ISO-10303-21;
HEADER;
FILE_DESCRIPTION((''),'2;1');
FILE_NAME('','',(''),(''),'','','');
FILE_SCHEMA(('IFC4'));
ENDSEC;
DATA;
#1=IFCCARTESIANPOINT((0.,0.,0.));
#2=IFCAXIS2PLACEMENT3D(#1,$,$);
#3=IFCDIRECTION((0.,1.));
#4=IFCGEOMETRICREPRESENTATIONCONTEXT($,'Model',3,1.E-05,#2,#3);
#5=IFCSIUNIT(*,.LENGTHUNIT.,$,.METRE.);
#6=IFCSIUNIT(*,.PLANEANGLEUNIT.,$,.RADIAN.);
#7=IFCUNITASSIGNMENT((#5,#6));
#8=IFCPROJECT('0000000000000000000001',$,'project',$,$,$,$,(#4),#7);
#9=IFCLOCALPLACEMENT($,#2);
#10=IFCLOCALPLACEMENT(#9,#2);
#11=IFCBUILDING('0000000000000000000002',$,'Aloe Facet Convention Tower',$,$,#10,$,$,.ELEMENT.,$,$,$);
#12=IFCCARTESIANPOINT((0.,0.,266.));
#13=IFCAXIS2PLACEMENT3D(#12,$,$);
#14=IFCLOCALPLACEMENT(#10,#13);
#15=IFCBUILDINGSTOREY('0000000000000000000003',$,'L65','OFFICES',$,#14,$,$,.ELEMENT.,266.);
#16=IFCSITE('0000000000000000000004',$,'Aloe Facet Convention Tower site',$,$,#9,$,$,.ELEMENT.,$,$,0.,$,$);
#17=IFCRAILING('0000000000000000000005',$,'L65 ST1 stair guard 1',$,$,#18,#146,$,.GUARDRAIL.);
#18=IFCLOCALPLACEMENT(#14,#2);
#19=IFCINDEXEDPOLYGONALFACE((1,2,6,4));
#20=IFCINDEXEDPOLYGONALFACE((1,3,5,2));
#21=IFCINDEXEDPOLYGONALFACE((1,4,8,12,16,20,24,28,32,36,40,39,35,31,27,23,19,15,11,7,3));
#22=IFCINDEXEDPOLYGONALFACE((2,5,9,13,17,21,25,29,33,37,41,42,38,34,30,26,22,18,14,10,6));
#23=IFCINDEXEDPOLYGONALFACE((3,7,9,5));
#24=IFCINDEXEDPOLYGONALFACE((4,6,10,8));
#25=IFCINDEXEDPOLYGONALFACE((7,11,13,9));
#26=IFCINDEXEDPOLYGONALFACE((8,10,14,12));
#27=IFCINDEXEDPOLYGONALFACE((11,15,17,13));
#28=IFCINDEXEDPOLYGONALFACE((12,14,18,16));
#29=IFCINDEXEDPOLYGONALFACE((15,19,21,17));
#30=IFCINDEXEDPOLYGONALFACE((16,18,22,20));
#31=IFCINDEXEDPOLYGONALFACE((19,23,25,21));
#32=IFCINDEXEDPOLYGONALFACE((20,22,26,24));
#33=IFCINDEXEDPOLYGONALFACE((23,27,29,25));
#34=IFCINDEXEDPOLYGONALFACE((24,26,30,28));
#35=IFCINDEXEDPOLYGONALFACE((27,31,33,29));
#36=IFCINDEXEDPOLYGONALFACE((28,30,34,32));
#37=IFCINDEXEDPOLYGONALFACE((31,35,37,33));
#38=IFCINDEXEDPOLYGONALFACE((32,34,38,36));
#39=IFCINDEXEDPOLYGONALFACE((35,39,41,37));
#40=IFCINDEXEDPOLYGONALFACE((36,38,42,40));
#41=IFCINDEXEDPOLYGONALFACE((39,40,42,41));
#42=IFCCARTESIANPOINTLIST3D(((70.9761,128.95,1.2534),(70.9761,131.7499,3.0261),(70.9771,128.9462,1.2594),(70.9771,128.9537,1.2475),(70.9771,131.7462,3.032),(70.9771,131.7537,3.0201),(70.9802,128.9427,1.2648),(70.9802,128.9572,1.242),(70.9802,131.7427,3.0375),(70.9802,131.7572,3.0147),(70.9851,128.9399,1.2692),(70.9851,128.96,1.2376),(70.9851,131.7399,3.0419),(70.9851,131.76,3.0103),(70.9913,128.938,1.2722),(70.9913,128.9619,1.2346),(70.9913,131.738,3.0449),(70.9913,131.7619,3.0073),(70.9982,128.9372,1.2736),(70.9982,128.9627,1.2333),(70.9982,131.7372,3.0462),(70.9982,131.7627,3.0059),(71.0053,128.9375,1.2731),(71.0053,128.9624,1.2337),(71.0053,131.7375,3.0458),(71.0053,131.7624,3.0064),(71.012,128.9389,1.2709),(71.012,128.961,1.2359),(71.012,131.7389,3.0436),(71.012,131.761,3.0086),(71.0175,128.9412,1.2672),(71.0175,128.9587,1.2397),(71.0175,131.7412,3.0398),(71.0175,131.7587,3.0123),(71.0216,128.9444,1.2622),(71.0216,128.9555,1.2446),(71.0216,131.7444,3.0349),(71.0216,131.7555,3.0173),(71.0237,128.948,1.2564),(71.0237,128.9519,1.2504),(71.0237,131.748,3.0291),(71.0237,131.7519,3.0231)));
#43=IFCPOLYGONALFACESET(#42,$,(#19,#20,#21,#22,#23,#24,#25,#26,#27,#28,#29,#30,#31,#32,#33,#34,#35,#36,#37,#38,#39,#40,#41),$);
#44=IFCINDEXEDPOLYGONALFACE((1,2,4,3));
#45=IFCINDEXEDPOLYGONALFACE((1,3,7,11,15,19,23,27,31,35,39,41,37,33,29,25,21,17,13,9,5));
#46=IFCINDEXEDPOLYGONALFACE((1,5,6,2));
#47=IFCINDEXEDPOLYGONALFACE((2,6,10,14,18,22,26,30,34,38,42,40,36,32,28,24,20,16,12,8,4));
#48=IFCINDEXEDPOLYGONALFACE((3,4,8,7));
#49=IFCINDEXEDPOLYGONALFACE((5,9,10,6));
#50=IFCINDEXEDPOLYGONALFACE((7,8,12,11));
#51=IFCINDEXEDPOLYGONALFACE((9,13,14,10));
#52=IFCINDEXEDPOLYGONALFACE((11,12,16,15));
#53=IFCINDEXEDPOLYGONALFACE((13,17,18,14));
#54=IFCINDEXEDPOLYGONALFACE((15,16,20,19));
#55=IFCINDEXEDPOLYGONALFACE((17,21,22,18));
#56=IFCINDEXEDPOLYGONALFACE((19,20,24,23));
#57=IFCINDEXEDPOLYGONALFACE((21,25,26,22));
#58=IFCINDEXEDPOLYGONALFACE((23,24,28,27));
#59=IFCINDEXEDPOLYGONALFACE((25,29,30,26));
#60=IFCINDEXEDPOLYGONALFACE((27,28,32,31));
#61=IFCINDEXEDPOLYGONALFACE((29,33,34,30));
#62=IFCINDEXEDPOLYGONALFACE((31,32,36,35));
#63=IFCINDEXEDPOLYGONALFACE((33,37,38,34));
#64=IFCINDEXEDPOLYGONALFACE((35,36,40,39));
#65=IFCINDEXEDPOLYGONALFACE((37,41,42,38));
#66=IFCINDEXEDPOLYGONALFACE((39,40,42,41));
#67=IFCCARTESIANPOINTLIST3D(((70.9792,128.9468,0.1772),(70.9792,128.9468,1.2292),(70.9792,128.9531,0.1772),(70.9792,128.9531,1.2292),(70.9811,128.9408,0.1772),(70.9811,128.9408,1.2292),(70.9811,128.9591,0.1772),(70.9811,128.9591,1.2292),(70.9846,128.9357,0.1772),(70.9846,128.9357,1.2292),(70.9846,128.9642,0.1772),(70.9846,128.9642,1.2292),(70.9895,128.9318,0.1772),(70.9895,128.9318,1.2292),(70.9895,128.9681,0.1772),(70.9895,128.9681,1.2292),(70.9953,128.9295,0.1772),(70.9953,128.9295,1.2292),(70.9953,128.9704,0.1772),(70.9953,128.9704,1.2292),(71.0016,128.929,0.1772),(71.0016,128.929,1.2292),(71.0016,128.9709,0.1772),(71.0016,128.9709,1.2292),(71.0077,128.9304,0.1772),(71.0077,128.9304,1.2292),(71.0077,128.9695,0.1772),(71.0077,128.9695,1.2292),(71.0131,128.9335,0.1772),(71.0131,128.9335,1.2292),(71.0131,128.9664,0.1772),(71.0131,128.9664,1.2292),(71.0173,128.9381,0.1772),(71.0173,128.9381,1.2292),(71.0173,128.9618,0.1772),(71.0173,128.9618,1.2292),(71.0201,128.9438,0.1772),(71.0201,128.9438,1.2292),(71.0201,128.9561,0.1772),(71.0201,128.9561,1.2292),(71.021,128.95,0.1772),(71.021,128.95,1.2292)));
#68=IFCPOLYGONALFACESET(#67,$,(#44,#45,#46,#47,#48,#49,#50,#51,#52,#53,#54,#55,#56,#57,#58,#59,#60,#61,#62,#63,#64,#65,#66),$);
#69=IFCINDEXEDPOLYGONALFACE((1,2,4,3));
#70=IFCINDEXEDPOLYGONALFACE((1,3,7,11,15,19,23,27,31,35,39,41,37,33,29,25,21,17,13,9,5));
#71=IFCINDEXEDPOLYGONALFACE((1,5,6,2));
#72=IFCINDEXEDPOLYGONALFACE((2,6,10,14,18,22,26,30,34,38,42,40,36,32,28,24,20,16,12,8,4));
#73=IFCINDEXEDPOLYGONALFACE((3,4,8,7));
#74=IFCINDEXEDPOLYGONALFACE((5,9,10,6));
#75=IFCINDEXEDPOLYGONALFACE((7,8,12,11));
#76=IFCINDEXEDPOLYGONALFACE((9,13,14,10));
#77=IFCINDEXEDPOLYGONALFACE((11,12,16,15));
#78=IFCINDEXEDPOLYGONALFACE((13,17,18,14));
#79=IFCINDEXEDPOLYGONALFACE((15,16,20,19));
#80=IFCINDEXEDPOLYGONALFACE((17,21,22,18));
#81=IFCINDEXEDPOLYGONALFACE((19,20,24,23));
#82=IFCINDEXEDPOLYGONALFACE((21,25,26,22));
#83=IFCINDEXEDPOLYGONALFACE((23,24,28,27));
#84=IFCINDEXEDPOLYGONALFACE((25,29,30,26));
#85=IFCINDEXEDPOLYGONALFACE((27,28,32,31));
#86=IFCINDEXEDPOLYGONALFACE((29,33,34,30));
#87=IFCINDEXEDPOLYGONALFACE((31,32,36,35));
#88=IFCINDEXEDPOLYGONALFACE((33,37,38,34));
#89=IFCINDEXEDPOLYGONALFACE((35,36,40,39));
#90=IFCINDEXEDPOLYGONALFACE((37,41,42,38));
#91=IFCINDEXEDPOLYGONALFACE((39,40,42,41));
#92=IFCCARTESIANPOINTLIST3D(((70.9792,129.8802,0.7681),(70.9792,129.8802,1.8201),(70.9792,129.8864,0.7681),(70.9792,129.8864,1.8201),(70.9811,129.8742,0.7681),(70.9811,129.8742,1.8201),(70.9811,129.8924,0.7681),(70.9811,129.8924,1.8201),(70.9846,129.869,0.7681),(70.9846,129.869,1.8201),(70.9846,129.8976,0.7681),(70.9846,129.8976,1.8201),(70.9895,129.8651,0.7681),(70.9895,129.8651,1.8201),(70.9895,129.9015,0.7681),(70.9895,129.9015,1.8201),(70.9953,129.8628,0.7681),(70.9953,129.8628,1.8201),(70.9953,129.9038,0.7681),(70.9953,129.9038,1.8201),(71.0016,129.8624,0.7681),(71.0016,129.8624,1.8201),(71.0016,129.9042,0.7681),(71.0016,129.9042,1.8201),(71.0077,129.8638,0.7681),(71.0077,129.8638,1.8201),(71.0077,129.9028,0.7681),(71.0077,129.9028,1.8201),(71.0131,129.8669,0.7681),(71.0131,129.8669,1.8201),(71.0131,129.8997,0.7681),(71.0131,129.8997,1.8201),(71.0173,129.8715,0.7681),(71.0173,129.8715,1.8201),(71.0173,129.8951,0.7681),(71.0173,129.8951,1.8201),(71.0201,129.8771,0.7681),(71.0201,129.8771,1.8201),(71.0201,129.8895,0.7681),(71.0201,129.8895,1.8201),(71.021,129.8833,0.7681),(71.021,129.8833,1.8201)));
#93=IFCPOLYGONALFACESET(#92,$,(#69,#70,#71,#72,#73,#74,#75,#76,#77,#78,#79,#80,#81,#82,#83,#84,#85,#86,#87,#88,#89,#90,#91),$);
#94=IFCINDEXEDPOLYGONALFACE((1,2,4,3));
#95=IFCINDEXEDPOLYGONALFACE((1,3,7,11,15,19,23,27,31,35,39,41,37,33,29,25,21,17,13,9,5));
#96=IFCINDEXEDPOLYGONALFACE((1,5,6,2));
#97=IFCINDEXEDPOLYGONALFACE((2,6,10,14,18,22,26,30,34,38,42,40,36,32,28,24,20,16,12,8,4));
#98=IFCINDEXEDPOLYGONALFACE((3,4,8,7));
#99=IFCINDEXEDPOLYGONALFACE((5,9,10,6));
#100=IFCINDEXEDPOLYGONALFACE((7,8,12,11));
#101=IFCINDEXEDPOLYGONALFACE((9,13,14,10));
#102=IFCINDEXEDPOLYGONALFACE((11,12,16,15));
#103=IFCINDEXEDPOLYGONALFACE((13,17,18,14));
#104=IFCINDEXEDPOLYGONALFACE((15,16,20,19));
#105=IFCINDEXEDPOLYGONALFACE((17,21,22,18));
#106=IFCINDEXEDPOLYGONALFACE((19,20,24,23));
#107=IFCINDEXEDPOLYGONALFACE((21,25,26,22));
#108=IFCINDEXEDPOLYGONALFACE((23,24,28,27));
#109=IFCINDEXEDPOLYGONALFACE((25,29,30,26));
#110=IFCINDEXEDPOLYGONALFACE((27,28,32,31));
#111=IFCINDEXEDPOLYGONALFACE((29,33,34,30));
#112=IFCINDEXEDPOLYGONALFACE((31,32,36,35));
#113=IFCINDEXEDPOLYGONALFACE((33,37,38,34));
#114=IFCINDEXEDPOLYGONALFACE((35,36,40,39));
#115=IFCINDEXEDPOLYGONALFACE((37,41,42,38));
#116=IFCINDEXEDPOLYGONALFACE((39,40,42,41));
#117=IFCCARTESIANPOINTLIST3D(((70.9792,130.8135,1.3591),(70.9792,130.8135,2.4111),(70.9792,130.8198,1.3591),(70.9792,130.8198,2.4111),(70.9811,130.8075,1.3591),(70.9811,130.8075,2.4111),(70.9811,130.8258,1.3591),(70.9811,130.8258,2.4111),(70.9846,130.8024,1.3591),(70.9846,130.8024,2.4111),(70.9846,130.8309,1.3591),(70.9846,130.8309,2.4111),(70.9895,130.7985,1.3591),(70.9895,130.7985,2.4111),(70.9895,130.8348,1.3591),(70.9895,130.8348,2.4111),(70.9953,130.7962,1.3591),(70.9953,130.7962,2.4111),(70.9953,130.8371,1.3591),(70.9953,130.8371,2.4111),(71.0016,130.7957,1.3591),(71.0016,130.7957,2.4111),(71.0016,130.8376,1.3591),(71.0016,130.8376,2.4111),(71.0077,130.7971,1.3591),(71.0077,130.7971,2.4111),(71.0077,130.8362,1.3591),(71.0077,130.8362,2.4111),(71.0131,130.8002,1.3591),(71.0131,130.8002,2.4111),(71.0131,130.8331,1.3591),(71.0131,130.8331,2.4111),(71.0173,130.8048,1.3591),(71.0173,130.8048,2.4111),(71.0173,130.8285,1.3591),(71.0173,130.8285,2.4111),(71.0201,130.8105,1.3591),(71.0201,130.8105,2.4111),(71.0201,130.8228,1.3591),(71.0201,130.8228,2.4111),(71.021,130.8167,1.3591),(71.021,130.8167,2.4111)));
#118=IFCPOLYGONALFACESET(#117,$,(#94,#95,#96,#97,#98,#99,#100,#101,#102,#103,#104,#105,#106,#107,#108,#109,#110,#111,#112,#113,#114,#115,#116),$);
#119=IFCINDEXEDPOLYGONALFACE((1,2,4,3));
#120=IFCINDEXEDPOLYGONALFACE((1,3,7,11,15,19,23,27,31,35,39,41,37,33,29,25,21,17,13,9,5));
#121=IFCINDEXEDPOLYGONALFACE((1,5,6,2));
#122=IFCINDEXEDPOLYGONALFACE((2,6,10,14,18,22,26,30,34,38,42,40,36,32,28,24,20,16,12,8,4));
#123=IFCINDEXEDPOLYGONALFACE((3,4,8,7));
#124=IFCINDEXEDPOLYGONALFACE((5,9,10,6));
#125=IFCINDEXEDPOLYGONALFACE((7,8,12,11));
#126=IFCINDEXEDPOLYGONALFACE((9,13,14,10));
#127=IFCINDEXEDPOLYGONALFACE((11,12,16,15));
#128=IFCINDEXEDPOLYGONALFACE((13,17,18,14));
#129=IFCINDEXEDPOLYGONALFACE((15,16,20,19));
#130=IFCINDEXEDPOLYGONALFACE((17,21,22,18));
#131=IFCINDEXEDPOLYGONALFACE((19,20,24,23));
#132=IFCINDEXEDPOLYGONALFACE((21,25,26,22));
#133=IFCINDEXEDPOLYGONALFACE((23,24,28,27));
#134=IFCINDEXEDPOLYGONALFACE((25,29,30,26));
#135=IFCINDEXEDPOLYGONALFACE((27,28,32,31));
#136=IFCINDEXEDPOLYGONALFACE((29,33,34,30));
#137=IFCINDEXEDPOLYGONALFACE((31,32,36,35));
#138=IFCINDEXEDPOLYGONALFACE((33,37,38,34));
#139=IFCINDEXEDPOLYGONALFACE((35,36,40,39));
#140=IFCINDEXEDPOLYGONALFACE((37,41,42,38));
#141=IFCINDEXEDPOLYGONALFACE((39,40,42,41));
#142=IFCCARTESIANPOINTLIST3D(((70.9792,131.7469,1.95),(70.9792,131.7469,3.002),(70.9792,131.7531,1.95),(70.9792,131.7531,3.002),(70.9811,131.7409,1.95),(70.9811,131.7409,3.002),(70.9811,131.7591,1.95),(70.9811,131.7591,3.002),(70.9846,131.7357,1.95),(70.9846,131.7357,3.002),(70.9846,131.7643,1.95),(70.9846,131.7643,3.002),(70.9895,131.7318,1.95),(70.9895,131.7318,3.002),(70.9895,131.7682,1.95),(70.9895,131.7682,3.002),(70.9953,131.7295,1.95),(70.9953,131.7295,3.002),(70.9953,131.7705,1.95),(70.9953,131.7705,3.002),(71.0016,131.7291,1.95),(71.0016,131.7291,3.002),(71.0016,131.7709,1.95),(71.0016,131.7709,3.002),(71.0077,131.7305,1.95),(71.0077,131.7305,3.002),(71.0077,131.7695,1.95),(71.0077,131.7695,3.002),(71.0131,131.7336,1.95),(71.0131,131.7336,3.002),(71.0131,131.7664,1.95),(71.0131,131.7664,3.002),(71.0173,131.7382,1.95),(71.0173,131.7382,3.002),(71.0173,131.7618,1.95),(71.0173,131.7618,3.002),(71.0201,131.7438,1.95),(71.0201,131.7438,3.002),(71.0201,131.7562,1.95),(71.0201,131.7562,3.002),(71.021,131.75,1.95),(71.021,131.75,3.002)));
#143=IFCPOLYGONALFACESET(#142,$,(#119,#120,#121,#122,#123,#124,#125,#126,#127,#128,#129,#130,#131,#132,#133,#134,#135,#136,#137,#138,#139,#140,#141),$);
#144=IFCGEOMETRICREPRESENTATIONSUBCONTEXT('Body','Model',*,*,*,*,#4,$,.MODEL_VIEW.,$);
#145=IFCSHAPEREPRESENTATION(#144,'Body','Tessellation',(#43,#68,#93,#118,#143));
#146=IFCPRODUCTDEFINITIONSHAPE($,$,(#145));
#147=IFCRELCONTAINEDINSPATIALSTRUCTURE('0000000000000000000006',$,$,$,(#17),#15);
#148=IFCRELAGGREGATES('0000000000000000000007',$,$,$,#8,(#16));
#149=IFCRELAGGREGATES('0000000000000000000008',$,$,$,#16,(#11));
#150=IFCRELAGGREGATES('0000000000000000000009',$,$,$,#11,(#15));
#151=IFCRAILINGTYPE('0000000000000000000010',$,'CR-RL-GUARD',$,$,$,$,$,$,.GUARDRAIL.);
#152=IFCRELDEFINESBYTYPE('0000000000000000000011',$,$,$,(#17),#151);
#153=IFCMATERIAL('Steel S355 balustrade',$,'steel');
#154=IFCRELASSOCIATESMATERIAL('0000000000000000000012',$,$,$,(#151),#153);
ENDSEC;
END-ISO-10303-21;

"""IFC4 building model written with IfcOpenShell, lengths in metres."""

from ifc_helpers import new_model, si_unit, direction, frame, origin, origin_2d, place, context, subcontext, project, spatial, circle, extrude, material, type_object, element, save


model = new_model("IFC4")

# Units and contexts
model_context = context("Model", 3, precision=1e-05, world=origin(), true_north=direction((0.0, 1.0)))
body_context = subcontext(model_context, "Body", "Model", "MODEL_VIEW")
ifc_project = project(units=[si_unit("LENGTHUNIT", "METRE"), si_unit("PLANEANGLEUNIT", "RADIAN")], contexts=[model_context])

# Site, building, storey
site_placement = place(None, origin())
site = spatial("IfcSite", under=ifc_project, at=site_placement, Name="Aloe Facet Convention Tower site", CompositionType="ELEMENT", RefElevation=0.0)
building_placement = place(site_placement, origin())
building = spatial("IfcBuilding", under=site, at=building_placement, Name="Aloe Facet Convention Tower", CompositionType="ELEMENT")
storey_placement = place(building_placement, frame((0.0, 0.0, 266.0)))
storey = spatial("IfcBuildingStorey", under=building, at=storey_placement, Name="L65", Description="OFFICES", CompositionType="ELEMENT", Elevation=266.0)

# Railing
ifc_material_1 = material(Name="Steel S355 balustrade", Category="steel")
railing_type_1 = type_object("IfcRailingType", Name="CR-RL-GUARD", PredefinedType="GUARDRAIL", material=ifc_material_1)
railing_1_placement = place(storey_placement, frame((71.0, 128.95, 0.1772)))
element("IfcRailing", 1, at=railing_1_placement, inside=storey, type_object=railing_type_1, Name="L65 ST1 stair guard 1", PredefinedType="GUARDRAIL", context=body_context, shape_type="SweptSolid", body=[
    extrude(circle(Radius=0.0239, at=origin_2d()), frame((0.0, 0.0, 1.0762), z_axis=(0.0, 0.844909, 0.53491), x_axis=(-1.0, 0.0, 0.0)), (0.0, 0.0, 1.0), 3.314),
    extrude(circle(Radius=0.021, at=origin_2d()), origin(), (0.0, 0.0, 1.0), 1.052),
    extrude(circle(Radius=0.021, at=origin_2d()), frame((0.0, 0.9333, 0.5908)), (0.0, 0.0, 1.0), 1.052),
    extrude(circle(Radius=0.021, at=origin_2d()), frame((0.0, 1.8667, 1.1819)), (0.0, 0.0, 1.0), 1.052),
    extrude(circle(Radius=0.021, at=origin_2d()), frame((0.0, 2.8, 1.7727)), (0.0, 0.0, 1.0), 1.052),
])

save(model, "model.ifc")
